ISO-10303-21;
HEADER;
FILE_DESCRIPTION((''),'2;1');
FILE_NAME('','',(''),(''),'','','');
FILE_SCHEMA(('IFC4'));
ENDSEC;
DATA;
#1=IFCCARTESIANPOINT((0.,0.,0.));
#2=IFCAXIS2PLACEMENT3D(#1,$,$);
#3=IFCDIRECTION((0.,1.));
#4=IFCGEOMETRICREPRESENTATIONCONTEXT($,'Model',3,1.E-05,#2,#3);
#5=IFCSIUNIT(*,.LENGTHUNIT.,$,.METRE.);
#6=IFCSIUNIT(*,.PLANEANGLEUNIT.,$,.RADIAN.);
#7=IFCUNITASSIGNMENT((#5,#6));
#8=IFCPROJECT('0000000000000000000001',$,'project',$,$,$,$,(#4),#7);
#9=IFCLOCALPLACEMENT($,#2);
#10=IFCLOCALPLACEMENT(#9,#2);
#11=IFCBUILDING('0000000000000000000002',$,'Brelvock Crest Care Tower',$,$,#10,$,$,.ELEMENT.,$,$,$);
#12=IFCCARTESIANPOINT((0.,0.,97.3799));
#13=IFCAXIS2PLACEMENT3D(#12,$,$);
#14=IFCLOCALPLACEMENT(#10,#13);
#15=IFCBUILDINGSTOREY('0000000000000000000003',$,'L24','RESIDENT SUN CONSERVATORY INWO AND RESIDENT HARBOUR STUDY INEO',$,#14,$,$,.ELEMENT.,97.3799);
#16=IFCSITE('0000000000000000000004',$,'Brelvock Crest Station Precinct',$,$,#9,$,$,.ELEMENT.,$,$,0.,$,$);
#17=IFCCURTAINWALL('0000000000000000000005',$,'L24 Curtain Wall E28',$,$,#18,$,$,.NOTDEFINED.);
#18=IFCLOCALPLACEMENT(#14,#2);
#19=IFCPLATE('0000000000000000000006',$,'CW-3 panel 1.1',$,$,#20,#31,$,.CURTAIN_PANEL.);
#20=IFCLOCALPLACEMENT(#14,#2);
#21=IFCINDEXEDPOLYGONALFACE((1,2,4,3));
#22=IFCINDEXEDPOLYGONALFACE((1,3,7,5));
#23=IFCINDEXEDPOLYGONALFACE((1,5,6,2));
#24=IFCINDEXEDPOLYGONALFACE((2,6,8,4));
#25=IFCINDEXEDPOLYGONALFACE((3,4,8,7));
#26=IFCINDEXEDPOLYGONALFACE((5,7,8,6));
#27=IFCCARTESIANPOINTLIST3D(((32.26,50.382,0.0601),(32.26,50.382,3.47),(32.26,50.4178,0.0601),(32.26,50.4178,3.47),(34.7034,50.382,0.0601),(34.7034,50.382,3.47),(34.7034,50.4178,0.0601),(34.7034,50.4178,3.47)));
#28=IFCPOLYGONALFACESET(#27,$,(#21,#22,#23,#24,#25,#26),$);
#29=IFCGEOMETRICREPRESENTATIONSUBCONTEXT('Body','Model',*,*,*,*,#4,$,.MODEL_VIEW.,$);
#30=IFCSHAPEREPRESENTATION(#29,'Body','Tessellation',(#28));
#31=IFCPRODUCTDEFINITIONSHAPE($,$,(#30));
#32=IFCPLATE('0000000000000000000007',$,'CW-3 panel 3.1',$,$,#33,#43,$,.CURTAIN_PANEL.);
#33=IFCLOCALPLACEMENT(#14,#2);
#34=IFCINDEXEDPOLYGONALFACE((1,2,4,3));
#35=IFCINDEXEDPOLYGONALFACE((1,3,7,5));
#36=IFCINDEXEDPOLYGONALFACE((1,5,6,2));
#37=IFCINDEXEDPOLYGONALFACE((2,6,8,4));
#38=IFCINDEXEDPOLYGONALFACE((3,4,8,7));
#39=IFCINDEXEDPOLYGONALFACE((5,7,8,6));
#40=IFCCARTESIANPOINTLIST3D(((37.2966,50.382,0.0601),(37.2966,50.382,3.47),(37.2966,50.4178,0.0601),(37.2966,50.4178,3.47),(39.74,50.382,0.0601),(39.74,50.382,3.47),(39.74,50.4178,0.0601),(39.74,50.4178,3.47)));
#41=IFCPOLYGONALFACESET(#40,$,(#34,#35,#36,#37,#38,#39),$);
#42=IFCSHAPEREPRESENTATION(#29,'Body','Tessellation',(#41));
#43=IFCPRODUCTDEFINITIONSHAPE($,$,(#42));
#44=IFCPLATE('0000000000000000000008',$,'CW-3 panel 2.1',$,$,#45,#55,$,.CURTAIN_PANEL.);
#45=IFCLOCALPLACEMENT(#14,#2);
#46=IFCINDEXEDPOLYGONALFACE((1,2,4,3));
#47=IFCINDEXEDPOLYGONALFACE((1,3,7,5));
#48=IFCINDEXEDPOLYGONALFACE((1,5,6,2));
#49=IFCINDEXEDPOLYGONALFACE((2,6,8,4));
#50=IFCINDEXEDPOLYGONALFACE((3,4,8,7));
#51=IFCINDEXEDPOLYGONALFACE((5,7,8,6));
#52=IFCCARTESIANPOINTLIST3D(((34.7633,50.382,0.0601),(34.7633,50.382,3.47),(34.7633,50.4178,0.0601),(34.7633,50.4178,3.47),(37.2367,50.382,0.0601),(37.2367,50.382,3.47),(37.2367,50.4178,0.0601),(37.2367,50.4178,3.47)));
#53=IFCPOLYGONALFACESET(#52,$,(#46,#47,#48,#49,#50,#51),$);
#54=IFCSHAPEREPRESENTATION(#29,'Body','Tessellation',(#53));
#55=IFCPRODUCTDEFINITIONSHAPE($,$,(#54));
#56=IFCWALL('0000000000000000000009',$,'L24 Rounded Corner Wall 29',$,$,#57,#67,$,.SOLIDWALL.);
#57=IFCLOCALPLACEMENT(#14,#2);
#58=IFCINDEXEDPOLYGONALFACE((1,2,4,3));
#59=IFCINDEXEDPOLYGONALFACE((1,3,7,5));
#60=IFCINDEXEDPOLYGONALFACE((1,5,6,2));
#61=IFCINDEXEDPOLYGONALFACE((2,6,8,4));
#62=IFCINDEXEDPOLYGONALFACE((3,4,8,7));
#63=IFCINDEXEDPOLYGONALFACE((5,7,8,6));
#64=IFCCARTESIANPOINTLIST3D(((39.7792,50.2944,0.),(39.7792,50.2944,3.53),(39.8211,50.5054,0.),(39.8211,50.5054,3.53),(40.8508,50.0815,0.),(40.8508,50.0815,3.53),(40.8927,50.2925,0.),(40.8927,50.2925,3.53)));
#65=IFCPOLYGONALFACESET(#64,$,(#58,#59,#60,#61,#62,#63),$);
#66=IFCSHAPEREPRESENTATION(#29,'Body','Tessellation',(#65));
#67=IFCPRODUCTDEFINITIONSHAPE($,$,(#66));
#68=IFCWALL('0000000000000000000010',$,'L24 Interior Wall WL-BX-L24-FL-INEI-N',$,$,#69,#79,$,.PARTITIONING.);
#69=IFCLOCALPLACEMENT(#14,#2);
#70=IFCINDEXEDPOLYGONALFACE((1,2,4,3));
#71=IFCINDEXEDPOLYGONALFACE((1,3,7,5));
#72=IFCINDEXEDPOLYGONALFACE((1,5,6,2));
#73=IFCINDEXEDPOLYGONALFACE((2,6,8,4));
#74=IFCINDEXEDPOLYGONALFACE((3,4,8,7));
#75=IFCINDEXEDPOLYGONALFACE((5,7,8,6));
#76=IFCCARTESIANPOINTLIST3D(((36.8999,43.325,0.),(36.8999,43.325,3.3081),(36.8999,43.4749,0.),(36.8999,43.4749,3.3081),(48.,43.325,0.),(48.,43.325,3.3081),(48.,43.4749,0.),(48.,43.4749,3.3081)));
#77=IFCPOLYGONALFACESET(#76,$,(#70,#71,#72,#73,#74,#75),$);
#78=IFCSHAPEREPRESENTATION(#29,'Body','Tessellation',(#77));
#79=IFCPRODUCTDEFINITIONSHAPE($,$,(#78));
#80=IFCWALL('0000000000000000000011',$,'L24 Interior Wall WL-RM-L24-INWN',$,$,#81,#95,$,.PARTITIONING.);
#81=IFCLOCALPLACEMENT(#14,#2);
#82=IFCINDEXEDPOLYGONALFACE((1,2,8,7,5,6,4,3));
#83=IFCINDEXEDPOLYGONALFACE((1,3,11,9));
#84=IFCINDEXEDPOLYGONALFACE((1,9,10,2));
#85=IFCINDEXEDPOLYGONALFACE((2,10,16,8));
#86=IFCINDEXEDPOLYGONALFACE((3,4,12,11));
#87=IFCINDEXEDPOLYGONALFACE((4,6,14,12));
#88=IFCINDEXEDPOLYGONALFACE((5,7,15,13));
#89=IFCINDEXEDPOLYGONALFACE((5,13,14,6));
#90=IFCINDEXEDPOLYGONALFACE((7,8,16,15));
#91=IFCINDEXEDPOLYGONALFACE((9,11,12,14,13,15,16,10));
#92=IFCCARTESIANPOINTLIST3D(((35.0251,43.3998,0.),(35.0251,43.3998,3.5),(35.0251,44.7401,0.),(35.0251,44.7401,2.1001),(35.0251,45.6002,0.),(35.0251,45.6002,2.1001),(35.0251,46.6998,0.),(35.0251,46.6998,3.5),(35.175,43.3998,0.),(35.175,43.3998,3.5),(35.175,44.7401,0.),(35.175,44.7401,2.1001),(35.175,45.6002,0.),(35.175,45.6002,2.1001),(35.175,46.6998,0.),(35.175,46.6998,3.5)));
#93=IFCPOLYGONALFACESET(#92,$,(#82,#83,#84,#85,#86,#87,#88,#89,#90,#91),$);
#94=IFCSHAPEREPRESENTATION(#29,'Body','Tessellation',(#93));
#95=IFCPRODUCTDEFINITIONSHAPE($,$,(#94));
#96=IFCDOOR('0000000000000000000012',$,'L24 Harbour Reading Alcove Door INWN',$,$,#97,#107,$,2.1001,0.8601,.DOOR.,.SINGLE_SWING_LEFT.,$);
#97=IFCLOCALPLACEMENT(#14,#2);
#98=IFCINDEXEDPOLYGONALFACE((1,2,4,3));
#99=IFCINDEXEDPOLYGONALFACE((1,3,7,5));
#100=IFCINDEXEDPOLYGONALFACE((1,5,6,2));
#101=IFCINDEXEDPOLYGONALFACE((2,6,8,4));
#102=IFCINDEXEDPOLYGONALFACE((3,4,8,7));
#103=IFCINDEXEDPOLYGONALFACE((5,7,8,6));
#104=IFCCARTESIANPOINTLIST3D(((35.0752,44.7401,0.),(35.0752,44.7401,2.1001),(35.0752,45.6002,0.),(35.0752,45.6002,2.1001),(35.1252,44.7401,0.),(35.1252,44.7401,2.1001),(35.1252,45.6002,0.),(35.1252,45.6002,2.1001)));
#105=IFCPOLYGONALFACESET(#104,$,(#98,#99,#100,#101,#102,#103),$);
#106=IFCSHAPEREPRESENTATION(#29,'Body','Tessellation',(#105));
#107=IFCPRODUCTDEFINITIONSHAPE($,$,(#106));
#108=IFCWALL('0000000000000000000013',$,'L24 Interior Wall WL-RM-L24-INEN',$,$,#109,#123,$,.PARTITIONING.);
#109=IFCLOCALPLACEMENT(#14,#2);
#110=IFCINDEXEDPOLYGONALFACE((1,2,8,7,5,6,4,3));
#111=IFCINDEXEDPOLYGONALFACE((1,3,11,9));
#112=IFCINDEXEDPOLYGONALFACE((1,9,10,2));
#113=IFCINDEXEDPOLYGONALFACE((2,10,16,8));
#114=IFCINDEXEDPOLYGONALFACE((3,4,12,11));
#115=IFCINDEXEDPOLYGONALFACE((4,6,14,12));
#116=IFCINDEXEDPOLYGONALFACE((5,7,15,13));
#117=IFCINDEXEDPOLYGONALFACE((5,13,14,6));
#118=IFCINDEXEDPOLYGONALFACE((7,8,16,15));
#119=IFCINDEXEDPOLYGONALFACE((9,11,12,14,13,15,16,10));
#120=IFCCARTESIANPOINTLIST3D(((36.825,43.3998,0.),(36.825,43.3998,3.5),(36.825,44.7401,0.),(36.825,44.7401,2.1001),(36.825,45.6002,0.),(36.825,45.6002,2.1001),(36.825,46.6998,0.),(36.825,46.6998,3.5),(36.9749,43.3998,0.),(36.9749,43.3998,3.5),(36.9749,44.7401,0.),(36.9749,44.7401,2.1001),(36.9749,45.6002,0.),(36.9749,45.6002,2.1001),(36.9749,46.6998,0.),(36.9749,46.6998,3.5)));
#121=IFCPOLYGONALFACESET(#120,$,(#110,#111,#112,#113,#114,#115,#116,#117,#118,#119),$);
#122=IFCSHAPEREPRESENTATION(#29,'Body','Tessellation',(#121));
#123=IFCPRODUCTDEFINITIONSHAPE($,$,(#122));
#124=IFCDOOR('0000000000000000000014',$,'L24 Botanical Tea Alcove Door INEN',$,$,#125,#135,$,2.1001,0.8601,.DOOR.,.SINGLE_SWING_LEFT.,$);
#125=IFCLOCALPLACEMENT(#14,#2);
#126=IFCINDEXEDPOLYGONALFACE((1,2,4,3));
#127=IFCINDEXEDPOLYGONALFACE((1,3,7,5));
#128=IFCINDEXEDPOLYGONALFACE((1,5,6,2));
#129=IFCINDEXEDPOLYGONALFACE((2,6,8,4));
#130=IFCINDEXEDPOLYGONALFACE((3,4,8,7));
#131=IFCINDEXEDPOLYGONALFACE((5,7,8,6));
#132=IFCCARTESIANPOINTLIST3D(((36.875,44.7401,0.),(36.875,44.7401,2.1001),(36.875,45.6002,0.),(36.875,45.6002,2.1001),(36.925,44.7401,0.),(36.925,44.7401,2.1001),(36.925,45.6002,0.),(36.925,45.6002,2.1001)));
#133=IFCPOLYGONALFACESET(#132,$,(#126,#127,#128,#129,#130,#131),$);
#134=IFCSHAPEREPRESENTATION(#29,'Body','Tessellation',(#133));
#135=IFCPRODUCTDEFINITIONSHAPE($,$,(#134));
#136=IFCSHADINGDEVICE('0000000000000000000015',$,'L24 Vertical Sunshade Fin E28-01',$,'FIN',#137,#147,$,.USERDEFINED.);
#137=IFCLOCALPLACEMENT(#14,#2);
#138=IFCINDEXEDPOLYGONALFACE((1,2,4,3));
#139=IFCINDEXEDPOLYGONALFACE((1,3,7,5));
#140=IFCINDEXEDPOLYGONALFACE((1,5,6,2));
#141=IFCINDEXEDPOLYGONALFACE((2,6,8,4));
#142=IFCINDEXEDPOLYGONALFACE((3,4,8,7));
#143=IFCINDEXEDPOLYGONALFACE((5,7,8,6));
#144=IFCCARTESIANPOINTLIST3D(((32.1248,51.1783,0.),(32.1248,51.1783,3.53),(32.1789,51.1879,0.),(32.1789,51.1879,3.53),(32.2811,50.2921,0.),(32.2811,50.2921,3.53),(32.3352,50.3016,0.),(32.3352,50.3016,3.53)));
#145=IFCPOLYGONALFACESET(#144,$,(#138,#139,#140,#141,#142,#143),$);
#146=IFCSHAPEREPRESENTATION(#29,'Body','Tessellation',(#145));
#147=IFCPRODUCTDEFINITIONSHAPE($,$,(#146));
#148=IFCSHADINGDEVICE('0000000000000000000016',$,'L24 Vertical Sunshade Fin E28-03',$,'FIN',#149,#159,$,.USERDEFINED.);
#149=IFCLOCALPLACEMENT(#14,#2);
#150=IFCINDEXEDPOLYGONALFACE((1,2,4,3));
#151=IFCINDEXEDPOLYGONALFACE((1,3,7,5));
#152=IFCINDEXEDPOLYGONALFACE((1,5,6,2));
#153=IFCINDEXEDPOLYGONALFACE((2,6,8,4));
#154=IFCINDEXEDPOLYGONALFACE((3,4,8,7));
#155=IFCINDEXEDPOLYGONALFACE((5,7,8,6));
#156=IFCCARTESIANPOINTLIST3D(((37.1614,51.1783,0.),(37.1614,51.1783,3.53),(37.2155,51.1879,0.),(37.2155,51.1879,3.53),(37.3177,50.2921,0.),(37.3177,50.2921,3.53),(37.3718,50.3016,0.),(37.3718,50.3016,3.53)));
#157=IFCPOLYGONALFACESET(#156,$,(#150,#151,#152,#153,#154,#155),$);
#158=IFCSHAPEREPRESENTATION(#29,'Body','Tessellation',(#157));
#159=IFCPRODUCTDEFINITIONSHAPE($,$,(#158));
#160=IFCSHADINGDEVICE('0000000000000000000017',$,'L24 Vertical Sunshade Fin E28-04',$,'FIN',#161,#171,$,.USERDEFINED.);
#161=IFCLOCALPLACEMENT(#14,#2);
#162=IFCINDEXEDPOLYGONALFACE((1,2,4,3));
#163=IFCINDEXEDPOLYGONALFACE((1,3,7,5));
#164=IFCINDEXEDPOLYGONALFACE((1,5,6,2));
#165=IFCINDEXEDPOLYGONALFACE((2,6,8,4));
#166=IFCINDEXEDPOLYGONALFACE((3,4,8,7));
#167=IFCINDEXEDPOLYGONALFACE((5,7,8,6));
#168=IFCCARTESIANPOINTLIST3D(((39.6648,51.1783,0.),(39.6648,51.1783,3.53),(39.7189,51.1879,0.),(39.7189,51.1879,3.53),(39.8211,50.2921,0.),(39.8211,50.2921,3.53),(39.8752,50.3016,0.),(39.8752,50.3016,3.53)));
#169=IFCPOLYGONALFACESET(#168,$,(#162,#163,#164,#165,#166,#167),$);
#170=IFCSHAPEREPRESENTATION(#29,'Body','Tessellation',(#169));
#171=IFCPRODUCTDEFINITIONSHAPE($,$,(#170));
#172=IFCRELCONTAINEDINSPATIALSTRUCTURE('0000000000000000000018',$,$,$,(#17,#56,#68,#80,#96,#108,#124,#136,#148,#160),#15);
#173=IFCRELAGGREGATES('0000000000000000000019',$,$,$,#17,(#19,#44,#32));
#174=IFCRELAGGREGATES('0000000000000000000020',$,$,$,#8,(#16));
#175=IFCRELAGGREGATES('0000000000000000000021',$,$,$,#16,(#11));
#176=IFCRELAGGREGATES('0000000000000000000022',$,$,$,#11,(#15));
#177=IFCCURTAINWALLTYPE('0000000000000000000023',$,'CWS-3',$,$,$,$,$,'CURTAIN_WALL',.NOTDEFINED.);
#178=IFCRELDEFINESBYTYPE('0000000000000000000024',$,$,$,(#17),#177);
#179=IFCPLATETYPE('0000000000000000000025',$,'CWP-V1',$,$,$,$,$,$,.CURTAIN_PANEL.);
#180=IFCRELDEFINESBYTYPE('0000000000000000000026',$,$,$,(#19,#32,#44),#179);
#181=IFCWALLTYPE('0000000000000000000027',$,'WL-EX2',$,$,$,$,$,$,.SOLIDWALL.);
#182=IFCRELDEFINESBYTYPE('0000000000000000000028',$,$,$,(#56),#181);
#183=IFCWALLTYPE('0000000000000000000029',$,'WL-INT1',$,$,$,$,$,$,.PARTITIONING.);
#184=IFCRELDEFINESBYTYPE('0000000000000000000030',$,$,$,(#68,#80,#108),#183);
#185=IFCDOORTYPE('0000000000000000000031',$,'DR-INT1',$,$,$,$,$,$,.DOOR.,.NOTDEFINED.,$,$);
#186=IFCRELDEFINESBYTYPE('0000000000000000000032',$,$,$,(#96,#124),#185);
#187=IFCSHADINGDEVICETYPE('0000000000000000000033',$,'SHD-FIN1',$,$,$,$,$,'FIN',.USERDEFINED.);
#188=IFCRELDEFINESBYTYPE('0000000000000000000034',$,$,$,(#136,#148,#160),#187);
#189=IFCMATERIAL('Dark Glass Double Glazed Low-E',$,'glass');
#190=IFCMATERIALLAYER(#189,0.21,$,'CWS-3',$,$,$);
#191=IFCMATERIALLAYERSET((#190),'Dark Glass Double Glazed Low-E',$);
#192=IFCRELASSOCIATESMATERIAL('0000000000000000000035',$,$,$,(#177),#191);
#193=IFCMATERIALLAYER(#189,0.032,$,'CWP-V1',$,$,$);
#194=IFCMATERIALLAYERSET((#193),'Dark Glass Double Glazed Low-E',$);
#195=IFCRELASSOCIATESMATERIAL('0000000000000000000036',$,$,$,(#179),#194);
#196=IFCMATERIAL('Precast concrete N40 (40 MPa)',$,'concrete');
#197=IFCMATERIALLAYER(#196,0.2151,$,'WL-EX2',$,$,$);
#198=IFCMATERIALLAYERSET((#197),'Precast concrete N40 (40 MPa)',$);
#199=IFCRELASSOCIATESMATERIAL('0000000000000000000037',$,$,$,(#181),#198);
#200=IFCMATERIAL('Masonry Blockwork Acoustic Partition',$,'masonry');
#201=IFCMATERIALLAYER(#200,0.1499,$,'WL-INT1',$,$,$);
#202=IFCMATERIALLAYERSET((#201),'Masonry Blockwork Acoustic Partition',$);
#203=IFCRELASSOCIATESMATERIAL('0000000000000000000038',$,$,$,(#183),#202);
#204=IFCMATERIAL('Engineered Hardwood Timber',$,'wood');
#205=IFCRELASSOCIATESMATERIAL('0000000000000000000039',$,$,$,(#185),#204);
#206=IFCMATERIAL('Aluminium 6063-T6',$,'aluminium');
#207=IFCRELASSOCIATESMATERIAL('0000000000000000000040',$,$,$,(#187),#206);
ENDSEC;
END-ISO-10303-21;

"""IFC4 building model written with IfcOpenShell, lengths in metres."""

from ifc_helpers import new_model, si_unit, direction, frame, frame_2d, origin, origin_2d, place, context, subcontext, project, spatial, rectangle, extrude, source, transform, mapped, material, layer, layer_set, material_profile, profile_set, type_object, element, fill, aggregate, save


model = new_model("IFC4")

# Units and contexts
model_context = context("Model", 3, precision=1e-05, world=origin(), true_north=direction((0.0, 1.0)))
body_context = subcontext(model_context, "Body", "Model", "MODEL_VIEW")
ifc_project = project(units=[si_unit("LENGTHUNIT", "METRE"), si_unit("PLANEANGLEUNIT", "RADIAN")], contexts=[model_context])

# Site, building, storey
site_placement = place(None, origin())
site = spatial("IfcSite", under=ifc_project, at=site_placement, Name="Brelvock Crest Station Precinct", CompositionType="ELEMENT", RefElevation=0.0)
building_placement = place(site_placement, origin())
building = spatial("IfcBuilding", under=site, at=building_placement, Name="Brelvock Crest Care Tower", CompositionType="ELEMENT")
storey_placement = place(building_placement, frame((0.0, 0.0, 97.3799)))
storey = spatial("IfcBuildingStorey", under=building, at=storey_placement, Name="L24", Description="RESIDENT SUN CONSERVATORY INWO AND RESIDENT HARBOUR STUDY INEO", CompositionType="ELEMENT", Elevation=97.3799)

# Curtain wall, plates
ifc_material_1 = material(Name="Dark Glass Double Glazed Low-E", Category="glass")
ifc_layer_1 = layer(ifc_material_1, 0.21, Name="CWS-3")
ifc_layer_set_1 = layer_set([ifc_layer_1], Name="Dark Glass Double Glazed Low-E")
curtain_wall_type = type_object("IfcCurtainWallType", Name="CWS-3", ElementType="CURTAIN_WALL", PredefinedType="NOTDEFINED", material=ifc_layer_set_1)
curtain_wall_placement = place(storey_placement, origin())
curtain_wall = element("IfcCurtainWall", 1, at=curtain_wall_placement, inside=storey, type_object=curtain_wall_type, Name="L24 Curtain Wall E28", PredefinedType="NOTDEFINED")
ifc_material_2 = material(Name="Aluminium 6063-T6", Category="aluminium")
ifc_layer_2 = layer(ifc_material_1, 0.032, Name="CWP-V1")
ifc_layer_set_2 = layer_set([ifc_layer_2], Name="Dark Glass Double Glazed Low-E")
plate_type = type_object("IfcPlateType", Name="CWP-V1", PredefinedType="CURTAIN_PANEL", material=ifc_layer_set_2)
shared_shape_1 = source(origin(), body_context, "Body", "SweptSolid", [
    extrude(rectangle(XDim=2.4434, YDim=0.0359, at=origin_2d()), origin(), (0.0, 0.0, 1.0), 3.4099),
])
plate_1_placement = place(storey_placement, frame((33.4817, 50.3999, 0.0601), z_axis=(0.0, 0.0, 1.0), x_axis=(1.0, 0.0, 0.0)))
plate_1 = element("IfcPlate", 2, at=plate_1_placement, type_object=plate_type, Name="CW-3 panel 1.1", PredefinedType="CURTAIN_PANEL", context=body_context, shape_type="MappedRepresentation", body=[
    mapped(shared_shape_1, transform((0.0, 0.0, 0.0), x_axis=(1.0, 0.0, 0.0), y_axis=(0.0, 1.0, 0.0), z_axis=(0.0, 0.0, 1.0), scale=1.0)),
])
plate_2_placement = place(storey_placement, frame((38.5183, 50.3999, 0.0601), z_axis=(0.0, 0.0, 1.0), x_axis=(1.0, 0.0, 0.0)))
plate_2 = element("IfcPlate", 3, at=plate_2_placement, type_object=plate_type, Name="CW-3 panel 3.1", PredefinedType="CURTAIN_PANEL", context=body_context, shape_type="MappedRepresentation", body=[
    mapped(shared_shape_1, transform((0.0, 0.0, 0.0), x_axis=(1.0, 0.0, 0.0), y_axis=(0.0, 1.0, 0.0), z_axis=(0.0, 0.0, 1.0), scale=1.0)),
])
shared_shape_2 = source(origin(), body_context, "Body", "SweptSolid", [
    extrude(rectangle(XDim=2.4734, YDim=0.0359, at=origin_2d()), origin(), (0.0, 0.0, 1.0), 3.4099),
])
plate_3_placement = place(storey_placement, frame((36.0, 50.3999, 0.0601), z_axis=(0.0, 0.0, 1.0), x_axis=(1.0, 0.0, 0.0)))
plate_3 = element("IfcPlate", 4, at=plate_3_placement, type_object=plate_type, Name="CW-3 panel 2.1", PredefinedType="CURTAIN_PANEL", context=body_context, shape_type="MappedRepresentation", body=[
    mapped(shared_shape_2, transform((0.0, 0.0, 0.0), x_axis=(1.0, 0.0, 0.0), y_axis=(0.0, 1.0, 0.0), z_axis=(0.0, 0.0, 1.0), scale=1.0)),
])
aggregate(curtain_wall, [plate_1, plate_3, plate_2])

# Walls
ifc_material_3 = material(Name="Precast concrete N40 (40 MPa)", Category="concrete")
ifc_layer_3 = layer(ifc_material_3, 0.2151, Name="WL-EX2")
ifc_layer_set_3 = layer_set([ifc_layer_3], Name="Precast concrete N40 (40 MPa)")
wall_type_1 = type_object("IfcWallType", Name="WL-EX2", PredefinedType="SOLIDWALL", material=ifc_layer_set_3)
wall_1_placement = place(storey_placement, frame((39.8, 50.3999, 0.0), z_axis=(0.0, 0.0, 1.0), x_axis=(0.980829, -0.19487, 0.0)))
element("IfcWall", 5, at=wall_1_placement, inside=storey, type_object=wall_type_1, Name="L24 Rounded Corner Wall 29", PredefinedType="SOLIDWALL", context=body_context, shape_type="SweptSolid", body=[
    extrude(rectangle(XDim=1.0925, YDim=0.2151, at=frame_2d((0.5464, 0.0))), origin(), (0.0, 0.0, 1.0), 3.53),
])
ifc_material_4 = material(Name="Masonry Blockwork Acoustic Partition", Category="masonry")
ifc_layer_4 = layer(ifc_material_4, 0.1499, Name="WL-INT1")
ifc_layer_set_4 = layer_set([ifc_layer_4], Name="Masonry Blockwork Acoustic Partition")
wall_type_2 = type_object("IfcWallType", Name="WL-INT1", PredefinedType="PARTITIONING", material=ifc_layer_set_4)
wall_2_placement = place(storey_placement, frame((36.8999, 43.3999, 0.0), z_axis=(0.0, 0.0, 1.0), x_axis=(1.0, 0.0, 0.0)))
element("IfcWall", 6, at=wall_2_placement, inside=storey, type_object=wall_type_2, Name="L24 Interior Wall WL-BX-L24-FL-INEI-N", PredefinedType="PARTITIONING", context=body_context, shape_type="SweptSolid", body=[
    extrude(rectangle(XDim=11.1001, YDim=0.1499, at=frame_2d((5.55, 0.0))), origin(), (0.0, 0.0, 1.0), 3.3081),
])

# Walls, openings, doors
wall_3_placement = place(storey_placement, frame((35.1001, 43.3999, 0.0), z_axis=(0.0, 0.0, 1.0), x_axis=(0.0, 1.0, 0.0)))
wall_3 = element("IfcWall", 7, at=wall_3_placement, inside=storey, type_object=wall_type_2, Name="L24 Interior Wall WL-RM-L24-INWN", PredefinedType="PARTITIONING", context=body_context, shape_type="SweptSolid", body=[
    extrude(rectangle(XDim=3.3, YDim=0.1499, at=frame_2d((1.6499, 0.0))), origin(), (0.0, 0.0, 1.0), 3.5),
])
opening_1_placement = place(wall_3_placement, frame((1.3401, 0.0, 0.0)))
opening_1 = element("IfcOpeningElement", 8, at=opening_1_placement, cuts=wall_3, PredefinedType="OPENING", context=body_context, shape_type="SweptSolid", body=[
    extrude(rectangle(XDim=0.8601, YDim=2.1001, at=origin_2d()), frame((0.4302, 0.085, 1.05), z_axis=(0.0, -1.0, 0.0), x_axis=(1.0, 0.0, 0.0)), (0.0, 0.0, 1.0), 0.1699),
])
ifc_material_5 = material(Name="Engineered Hardwood Timber", Category="wood")
door_type = type_object("IfcDoorType", Name="DR-INT1", OperationType="NOTDEFINED", PredefinedType="DOOR", material=ifc_material_5)
shared_shape_3 = source(origin(), body_context, "Body", "SweptSolid", [
    extrude(rectangle(XDim=0.8601, YDim=2.1001, at=origin_2d()), frame((0.4302, 0.0249, 1.05), z_axis=(0.0, -1.0, 0.0), x_axis=(1.0, 0.0, 0.0)), (0.0, 0.0, 1.0), 0.05),
])
door_1_placement = place(opening_1_placement, origin())
door_1 = element("IfcDoor", 9, at=door_1_placement, inside=storey, type_object=door_type, Name="L24 Harbour Reading Alcove Door INWN", OperationType="SINGLE_SWING_LEFT", OverallHeight=2.1001, OverallWidth=0.8601, PredefinedType="DOOR", context=body_context, shape_type="MappedRepresentation", body=[
    mapped(shared_shape_3, transform((0.0, 0.0, 0.0), x_axis=(1.0, 0.0, 0.0), y_axis=(0.0, 1.0, 0.0), z_axis=(0.0, 0.0, 1.0), scale=1.0)),
])
fill(opening_1, door_1)
wall_4_placement = place(storey_placement, frame((36.8999, 43.3999, 0.0), z_axis=(0.0, 0.0, 1.0), x_axis=(0.0, 1.0, 0.0)))
wall_4 = element("IfcWall", 10, at=wall_4_placement, inside=storey, type_object=wall_type_2, Name="L24 Interior Wall WL-RM-L24-INEN", PredefinedType="PARTITIONING", context=body_context, shape_type="SweptSolid", body=[
    extrude(rectangle(XDim=3.3, YDim=0.1499, at=frame_2d((1.6499, 0.0))), origin(), (0.0, 0.0, 1.0), 3.5),
])
opening_2_placement = place(wall_4_placement, frame((1.3401, 0.0, 0.0)))
opening_2 = element("IfcOpeningElement", 11, at=opening_2_placement, cuts=wall_4, PredefinedType="OPENING", context=body_context, shape_type="SweptSolid", body=[
    extrude(rectangle(XDim=0.8601, YDim=2.1001, at=origin_2d()), frame((0.4302, 0.085, 1.05), z_axis=(0.0, -1.0, 0.0), x_axis=(1.0, 0.0, 0.0)), (0.0, 0.0, 1.0), 0.1699),
])
door_2_placement = place(opening_2_placement, origin())
door_2 = element("IfcDoor", 12, at=door_2_placement, inside=storey, type_object=door_type, Name="L24 Botanical Tea Alcove Door INEN", OperationType="SINGLE_SWING_LEFT", OverallHeight=2.1001, OverallWidth=0.8601, PredefinedType="DOOR", context=body_context, shape_type="MappedRepresentation", body=[
    mapped(shared_shape_3, transform((0.0, 0.0, 0.0), x_axis=(1.0, 0.0, 0.0), y_axis=(0.0, 1.0, 0.0), z_axis=(0.0, 0.0, 1.0), scale=1.0)),
])
fill(opening_2, door_2)

# Shading devices
ifc_material_profile_1 = material_profile(ifc_material_2, rectangle(XDim=0.0549, YDim=0.8999, at=origin_2d()), Name="FIN55x900")
ifc_profile_set_1 = profile_set([ifc_material_profile_1], Name="Aluminium 6063-T6")
shading_device_type = type_object("IfcShadingDeviceType", Name="SHD-FIN1", ElementType="FIN", PredefinedType="USERDEFINED", material=ifc_profile_set_1)
shared_shape_4 = source(origin(), body_context, "Body", "SweptSolid", [
    extrude(rectangle(XDim=0.0549, YDim=0.8999, at=origin_2d()), origin(), (0.0, 0.0, 1.0), 3.53),
])
for number, where, z_axis, x_axis, name in (
    (13, (32.23, 50.74, 0.0), (0.0, 0.0, 1.0), (0.984808, 0.173648, 0.0), "L24 Vertical Sunshade Fin E28-01"),
    (14, (37.2666, 50.74, 0.0), (0.0, 0.0, 1.0), (0.984808, 0.173648, 0.0), "L24 Vertical Sunshade Fin E28-03"),
    (15, (39.77, 50.74, 0.0), (0.0, 0.0, 1.0), (0.984808, 0.173648, 0.0), "L24 Vertical Sunshade Fin E28-04"),
):
    element("IfcShadingDevice", number, at=place(storey_placement, frame(where, z_axis=z_axis, x_axis=x_axis)), inside=storey, type_object=shading_device_type, Name=name, ObjectType="FIN", PredefinedType="USERDEFINED", context=body_context, shape_type="MappedRepresentation", body=[
        mapped(shared_shape_4, transform((0.0, 0.0, 0.0), x_axis=(1.0, 0.0, 0.0), y_axis=(0.0, 1.0, 0.0), z_axis=(0.0, 0.0, 1.0), scale=1.0)),
    ])

save(model, "model.ifc")
